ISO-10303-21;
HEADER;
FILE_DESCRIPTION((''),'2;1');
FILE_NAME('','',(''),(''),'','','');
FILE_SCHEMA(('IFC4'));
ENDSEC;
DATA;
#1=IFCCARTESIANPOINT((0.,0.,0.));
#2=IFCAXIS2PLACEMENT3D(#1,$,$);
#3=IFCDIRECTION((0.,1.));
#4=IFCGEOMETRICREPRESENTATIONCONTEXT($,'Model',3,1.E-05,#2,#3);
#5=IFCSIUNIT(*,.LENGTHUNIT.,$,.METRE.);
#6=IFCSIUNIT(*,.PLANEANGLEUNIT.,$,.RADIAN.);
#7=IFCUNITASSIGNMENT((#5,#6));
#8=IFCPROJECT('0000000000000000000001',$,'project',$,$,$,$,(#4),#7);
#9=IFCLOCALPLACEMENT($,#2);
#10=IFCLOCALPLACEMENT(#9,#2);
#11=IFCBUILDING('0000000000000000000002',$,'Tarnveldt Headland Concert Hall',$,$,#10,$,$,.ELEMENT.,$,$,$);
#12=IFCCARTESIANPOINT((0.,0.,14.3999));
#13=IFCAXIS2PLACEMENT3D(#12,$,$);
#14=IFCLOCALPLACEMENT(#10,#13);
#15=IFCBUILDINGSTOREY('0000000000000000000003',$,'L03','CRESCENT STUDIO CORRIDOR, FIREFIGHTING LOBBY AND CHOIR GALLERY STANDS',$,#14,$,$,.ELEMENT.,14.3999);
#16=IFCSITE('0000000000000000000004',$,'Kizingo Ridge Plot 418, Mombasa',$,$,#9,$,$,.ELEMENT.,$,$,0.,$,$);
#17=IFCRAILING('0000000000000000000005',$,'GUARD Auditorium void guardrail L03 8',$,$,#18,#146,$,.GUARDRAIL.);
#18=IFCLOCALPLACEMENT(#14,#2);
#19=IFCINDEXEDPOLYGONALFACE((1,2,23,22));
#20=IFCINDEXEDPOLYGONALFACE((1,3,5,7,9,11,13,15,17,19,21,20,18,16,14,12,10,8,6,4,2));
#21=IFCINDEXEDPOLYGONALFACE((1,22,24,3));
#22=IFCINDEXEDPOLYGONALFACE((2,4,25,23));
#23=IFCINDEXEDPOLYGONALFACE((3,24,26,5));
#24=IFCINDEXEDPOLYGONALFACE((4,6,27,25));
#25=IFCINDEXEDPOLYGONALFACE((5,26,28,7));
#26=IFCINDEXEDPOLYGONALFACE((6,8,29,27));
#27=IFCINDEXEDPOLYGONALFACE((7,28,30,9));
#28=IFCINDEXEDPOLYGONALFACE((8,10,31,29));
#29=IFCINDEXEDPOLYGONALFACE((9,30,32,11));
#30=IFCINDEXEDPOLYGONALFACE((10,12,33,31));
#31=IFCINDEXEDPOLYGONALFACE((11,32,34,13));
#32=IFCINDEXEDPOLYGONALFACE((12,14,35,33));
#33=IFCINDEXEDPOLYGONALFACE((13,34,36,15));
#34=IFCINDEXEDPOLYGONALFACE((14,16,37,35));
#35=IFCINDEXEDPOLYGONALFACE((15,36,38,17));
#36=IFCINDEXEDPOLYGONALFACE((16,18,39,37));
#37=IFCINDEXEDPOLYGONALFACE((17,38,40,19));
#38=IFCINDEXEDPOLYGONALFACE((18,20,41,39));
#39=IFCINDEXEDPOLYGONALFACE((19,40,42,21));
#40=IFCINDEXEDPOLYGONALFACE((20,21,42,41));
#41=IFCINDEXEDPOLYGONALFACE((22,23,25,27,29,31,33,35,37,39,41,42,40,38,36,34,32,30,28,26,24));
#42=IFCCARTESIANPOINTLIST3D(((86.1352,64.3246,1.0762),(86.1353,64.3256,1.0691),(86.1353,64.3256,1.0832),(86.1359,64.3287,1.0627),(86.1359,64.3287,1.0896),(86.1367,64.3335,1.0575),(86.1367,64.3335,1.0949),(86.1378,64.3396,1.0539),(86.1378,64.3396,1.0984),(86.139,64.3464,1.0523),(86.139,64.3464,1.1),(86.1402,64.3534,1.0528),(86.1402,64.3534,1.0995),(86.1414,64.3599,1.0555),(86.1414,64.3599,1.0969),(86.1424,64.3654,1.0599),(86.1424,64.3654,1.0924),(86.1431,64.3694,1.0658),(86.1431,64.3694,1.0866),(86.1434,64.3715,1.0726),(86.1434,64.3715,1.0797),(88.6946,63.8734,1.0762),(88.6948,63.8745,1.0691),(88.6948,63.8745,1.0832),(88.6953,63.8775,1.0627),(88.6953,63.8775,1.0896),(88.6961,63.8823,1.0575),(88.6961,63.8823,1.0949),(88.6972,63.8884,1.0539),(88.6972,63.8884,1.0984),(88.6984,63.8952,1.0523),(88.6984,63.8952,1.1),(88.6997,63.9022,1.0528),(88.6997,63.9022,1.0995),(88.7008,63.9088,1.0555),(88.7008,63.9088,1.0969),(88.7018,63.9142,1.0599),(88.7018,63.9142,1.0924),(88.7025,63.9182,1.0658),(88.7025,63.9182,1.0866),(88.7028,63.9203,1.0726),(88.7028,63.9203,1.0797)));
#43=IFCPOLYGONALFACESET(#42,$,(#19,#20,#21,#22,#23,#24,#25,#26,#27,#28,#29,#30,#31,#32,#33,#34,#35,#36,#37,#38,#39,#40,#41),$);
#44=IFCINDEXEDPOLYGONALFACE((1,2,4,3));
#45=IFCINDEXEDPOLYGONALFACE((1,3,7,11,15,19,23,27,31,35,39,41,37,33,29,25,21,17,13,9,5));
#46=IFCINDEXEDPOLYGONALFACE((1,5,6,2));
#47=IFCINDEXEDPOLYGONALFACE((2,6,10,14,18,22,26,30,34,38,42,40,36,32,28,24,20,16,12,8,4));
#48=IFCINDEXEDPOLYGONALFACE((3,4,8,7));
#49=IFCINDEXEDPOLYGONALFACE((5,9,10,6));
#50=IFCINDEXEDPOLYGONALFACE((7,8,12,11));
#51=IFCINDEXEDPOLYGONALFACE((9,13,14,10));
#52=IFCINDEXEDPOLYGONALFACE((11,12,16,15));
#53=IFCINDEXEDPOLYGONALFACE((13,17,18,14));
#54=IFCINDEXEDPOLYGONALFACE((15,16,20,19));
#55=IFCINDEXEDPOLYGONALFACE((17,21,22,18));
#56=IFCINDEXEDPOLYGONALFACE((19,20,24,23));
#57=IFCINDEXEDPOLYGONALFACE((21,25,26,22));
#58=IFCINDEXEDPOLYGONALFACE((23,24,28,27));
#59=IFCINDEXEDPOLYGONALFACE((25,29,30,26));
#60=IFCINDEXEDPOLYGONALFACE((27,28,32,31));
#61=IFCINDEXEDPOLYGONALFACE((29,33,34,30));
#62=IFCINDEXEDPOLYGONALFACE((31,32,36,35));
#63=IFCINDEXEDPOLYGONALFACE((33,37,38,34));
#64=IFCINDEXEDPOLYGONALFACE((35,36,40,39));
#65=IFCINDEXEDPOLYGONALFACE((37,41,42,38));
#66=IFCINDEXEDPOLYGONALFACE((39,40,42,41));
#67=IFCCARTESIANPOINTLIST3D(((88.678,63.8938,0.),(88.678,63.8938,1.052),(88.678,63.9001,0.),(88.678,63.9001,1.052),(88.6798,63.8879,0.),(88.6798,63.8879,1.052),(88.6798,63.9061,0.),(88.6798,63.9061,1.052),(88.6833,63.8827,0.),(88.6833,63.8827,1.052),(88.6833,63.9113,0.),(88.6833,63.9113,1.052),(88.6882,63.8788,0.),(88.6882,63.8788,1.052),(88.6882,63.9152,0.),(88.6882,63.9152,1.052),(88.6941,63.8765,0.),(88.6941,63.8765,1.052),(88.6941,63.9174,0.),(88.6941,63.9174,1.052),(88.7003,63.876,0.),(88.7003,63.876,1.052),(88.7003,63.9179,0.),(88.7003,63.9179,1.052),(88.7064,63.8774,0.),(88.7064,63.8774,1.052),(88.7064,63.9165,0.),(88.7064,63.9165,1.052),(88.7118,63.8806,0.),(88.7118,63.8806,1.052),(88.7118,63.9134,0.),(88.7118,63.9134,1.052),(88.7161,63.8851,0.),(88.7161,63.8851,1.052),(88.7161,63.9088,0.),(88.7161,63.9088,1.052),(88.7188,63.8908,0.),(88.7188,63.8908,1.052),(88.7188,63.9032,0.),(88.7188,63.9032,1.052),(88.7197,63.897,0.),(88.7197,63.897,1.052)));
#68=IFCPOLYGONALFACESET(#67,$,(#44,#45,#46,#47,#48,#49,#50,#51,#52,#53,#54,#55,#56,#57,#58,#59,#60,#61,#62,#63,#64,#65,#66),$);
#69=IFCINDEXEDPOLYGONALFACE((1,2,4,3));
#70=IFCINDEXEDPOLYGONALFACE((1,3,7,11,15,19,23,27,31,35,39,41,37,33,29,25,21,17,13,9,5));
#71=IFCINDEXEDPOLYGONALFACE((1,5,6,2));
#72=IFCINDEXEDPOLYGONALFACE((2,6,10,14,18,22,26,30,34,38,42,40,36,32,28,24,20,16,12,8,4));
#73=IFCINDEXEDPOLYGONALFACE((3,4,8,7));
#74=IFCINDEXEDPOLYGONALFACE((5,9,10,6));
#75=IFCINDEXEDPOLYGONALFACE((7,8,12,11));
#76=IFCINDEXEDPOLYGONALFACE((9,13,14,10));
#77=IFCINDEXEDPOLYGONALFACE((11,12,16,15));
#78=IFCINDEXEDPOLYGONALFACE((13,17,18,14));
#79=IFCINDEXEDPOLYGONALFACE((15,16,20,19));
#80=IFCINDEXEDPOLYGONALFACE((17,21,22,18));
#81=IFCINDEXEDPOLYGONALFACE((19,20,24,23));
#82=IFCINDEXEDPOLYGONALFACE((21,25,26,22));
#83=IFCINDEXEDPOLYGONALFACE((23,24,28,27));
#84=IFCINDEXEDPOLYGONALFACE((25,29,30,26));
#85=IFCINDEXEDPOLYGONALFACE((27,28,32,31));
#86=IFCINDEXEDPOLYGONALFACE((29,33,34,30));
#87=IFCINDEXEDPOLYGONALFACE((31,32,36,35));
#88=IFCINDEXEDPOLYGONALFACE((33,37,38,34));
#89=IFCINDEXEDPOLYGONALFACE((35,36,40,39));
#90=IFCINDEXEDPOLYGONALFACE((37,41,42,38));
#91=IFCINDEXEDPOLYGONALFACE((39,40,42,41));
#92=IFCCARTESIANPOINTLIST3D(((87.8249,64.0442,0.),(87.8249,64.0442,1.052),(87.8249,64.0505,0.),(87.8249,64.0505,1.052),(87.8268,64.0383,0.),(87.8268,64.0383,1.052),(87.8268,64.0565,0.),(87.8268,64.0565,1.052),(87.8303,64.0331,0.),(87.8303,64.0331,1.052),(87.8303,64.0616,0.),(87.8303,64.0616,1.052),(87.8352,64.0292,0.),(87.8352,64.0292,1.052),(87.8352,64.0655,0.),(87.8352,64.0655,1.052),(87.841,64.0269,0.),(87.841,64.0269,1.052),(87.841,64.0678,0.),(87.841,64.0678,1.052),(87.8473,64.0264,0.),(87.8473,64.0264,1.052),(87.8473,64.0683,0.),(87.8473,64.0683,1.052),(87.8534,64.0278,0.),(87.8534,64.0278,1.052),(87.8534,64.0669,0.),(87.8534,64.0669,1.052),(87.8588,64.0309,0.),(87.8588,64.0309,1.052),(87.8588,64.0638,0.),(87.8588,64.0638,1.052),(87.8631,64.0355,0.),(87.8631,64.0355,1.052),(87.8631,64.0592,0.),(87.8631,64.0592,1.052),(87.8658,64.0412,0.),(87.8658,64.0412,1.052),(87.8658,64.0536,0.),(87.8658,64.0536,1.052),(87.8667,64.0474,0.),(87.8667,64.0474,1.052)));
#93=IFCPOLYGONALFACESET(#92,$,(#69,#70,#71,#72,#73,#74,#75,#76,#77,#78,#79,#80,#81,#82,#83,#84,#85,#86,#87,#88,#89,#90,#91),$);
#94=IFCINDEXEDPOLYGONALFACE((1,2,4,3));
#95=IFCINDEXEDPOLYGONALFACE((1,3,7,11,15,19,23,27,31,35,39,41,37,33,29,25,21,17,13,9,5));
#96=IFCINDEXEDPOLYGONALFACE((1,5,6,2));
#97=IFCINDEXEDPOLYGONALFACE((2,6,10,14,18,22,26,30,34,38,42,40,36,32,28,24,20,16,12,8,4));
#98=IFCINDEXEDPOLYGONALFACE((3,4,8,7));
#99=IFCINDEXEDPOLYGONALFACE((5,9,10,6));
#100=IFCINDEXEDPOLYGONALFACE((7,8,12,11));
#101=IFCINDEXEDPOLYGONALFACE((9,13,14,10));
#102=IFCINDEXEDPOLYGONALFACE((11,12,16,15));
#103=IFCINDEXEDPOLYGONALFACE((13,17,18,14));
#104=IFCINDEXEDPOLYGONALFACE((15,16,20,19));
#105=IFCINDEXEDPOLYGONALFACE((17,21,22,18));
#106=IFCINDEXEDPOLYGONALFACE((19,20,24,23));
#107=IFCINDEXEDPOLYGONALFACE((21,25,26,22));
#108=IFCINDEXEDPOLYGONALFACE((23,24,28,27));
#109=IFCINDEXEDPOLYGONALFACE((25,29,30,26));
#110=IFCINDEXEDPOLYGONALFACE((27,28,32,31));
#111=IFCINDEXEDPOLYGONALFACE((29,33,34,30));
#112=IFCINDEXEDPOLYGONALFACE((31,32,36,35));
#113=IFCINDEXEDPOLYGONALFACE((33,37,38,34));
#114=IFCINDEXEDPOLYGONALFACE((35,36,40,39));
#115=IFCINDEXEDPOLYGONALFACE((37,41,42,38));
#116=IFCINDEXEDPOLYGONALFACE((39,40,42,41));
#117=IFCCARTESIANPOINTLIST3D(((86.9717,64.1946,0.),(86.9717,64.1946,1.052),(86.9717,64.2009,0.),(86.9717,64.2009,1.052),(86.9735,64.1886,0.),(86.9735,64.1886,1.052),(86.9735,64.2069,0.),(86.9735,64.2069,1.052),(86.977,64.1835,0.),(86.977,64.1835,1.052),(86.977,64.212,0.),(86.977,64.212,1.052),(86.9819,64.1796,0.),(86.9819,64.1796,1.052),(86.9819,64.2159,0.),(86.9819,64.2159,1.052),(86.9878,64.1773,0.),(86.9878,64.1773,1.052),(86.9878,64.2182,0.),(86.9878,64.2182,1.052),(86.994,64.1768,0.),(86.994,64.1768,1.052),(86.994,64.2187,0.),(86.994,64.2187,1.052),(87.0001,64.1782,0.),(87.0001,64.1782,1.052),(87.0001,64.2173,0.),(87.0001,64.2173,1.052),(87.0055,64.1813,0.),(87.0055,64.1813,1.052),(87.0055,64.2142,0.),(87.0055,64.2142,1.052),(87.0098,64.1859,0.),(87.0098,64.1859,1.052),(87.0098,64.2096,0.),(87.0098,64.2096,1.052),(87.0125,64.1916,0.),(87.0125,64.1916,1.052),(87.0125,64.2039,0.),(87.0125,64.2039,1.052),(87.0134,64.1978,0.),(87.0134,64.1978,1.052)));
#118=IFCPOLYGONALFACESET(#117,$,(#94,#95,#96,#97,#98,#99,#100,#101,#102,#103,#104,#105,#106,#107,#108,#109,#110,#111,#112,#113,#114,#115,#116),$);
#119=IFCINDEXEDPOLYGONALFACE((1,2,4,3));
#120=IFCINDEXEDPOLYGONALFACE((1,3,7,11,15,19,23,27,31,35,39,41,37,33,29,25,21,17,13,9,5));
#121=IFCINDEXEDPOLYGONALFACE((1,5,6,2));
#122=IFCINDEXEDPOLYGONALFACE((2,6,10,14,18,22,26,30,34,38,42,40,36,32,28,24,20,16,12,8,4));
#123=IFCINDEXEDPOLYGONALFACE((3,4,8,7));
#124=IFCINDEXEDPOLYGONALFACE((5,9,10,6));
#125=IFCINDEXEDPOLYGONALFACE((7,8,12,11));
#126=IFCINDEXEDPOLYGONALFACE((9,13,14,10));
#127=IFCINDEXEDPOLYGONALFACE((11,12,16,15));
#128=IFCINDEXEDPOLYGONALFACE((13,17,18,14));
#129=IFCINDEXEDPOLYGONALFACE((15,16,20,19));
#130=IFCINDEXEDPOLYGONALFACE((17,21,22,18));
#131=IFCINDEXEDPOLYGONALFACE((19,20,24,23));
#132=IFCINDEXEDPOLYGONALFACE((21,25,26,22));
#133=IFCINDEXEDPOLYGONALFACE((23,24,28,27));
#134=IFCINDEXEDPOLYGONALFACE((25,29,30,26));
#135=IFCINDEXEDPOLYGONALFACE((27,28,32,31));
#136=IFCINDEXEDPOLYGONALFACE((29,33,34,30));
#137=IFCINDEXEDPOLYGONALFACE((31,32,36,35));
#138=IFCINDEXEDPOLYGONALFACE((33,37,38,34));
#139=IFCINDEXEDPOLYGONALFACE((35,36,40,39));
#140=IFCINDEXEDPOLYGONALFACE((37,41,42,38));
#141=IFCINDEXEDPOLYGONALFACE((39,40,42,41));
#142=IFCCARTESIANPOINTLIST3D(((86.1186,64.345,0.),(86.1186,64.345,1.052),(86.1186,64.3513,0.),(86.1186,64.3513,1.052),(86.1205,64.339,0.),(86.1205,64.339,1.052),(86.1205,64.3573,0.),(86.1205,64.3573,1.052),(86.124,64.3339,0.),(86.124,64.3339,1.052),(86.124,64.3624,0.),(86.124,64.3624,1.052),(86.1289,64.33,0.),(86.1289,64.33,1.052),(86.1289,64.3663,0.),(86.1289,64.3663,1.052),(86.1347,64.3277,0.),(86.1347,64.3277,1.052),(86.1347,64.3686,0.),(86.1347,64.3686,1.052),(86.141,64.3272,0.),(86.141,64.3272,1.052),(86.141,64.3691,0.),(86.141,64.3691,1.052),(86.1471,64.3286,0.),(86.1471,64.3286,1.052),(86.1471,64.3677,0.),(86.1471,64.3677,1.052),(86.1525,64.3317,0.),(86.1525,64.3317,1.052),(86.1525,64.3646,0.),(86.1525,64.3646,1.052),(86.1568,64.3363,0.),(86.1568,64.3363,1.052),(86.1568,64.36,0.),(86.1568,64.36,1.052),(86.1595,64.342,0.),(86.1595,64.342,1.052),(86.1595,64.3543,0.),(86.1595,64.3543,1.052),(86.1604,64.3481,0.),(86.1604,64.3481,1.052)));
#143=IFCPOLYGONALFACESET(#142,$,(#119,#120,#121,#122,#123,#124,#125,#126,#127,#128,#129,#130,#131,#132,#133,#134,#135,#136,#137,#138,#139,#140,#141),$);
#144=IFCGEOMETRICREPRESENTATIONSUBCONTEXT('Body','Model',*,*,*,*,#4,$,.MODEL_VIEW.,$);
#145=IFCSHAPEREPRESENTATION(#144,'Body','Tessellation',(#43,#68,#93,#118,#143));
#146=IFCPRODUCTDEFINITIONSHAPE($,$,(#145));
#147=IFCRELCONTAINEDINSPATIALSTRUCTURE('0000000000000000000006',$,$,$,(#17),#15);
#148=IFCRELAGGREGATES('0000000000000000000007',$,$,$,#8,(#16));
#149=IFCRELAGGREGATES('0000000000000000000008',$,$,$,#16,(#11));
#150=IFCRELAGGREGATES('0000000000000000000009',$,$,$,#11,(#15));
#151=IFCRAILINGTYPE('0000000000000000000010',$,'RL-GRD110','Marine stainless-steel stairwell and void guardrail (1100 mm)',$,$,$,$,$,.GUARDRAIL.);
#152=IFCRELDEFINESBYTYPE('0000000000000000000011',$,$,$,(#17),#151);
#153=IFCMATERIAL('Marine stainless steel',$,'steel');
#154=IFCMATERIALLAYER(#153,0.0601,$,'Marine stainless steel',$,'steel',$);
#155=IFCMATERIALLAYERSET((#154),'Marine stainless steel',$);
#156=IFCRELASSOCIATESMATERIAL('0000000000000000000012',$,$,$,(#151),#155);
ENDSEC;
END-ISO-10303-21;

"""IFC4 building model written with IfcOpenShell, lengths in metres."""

from ifc_helpers import new_model, si_unit, direction, frame, origin, origin_2d, place, context, subcontext, project, spatial, circle, extrude, material, layer, layer_set, type_object, element, save


model = new_model("IFC4")

# Units and contexts
model_context = context("Model", 3, precision=1e-05, world=origin(), true_north=direction((0.0, 1.0)))
body_context = subcontext(model_context, "Body", "Model", "MODEL_VIEW")
ifc_project = project(units=[si_unit("LENGTHUNIT", "METRE"), si_unit("PLANEANGLEUNIT", "RADIAN")], contexts=[model_context])

# Site, building, storey
site_placement = place(None, origin())
site = spatial("IfcSite", under=ifc_project, at=site_placement, Name="Kizingo Ridge Plot 418, Mombasa", CompositionType="ELEMENT", RefElevation=0.0)
building_placement = place(site_placement, origin())
building = spatial("IfcBuilding", under=site, at=building_placement, Name="Tarnveldt Headland Concert Hall", CompositionType="ELEMENT")
storey_placement = place(building_placement, frame((0.0, 0.0, 14.3999)))
storey = spatial("IfcBuildingStorey", under=building, at=storey_placement, Name="L03", Description="CRESCENT STUDIO CORRIDOR, FIREFIGHTING LOBBY AND CHOIR GALLERY STANDS", CompositionType="ELEMENT", Elevation=14.3999)

# Railing
ifc_material_1 = material(Name="Marine stainless steel", Category="steel")
ifc_layer = layer(ifc_material_1, 0.0601, Name="Marine stainless steel", Category="steel")
ifc_layer_set = layer_set([ifc_layer], Name="Marine stainless steel")
railing_type = type_object("IfcRailingType", Name="RL-GRD110", Description="Marine stainless-steel stairwell and void guardrail (1100 mm)", PredefinedType="GUARDRAIL", material=ifc_layer_set)
railing_1_placement = place(storey_placement, frame((88.6987, 63.897, 0.0)))
element("IfcRailing", 1, at=railing_1_placement, inside=storey, type_object=railing_type, Name="GUARD Auditorium void guardrail L03 8", PredefinedType="GUARDRAIL", context=body_context, shape_type="SweptSolid", body=[
    extrude(circle(Radius=0.0239, at=origin_2d()), frame((0.0, 0.0, 1.0762), z_axis=(-0.984815, 0.173608, 0.0), x_axis=(-0.173608, -0.984815, 0.0)), (0.0, 0.0, 1.0), 2.5989),
    extrude(circle(Radius=0.021, at=origin_2d()), origin(), (0.0, 0.0, 1.0), 1.052),
    extrude(circle(Radius=0.021, at=origin_2d()), frame((-0.853, 0.1504, 0.0)), (0.0, 0.0, 1.0), 1.052),
    extrude(circle(Radius=0.021, at=origin_2d()), frame((-1.7063, 0.3008, 0.0)), (0.0, 0.0, 1.0), 1.052),
    extrude(circle(Radius=0.021, at=origin_2d()), frame((-2.5593, 0.4512, 0.0)), (0.0, 0.0, 1.0), 1.052),
])

save(model, "model.ifc")
